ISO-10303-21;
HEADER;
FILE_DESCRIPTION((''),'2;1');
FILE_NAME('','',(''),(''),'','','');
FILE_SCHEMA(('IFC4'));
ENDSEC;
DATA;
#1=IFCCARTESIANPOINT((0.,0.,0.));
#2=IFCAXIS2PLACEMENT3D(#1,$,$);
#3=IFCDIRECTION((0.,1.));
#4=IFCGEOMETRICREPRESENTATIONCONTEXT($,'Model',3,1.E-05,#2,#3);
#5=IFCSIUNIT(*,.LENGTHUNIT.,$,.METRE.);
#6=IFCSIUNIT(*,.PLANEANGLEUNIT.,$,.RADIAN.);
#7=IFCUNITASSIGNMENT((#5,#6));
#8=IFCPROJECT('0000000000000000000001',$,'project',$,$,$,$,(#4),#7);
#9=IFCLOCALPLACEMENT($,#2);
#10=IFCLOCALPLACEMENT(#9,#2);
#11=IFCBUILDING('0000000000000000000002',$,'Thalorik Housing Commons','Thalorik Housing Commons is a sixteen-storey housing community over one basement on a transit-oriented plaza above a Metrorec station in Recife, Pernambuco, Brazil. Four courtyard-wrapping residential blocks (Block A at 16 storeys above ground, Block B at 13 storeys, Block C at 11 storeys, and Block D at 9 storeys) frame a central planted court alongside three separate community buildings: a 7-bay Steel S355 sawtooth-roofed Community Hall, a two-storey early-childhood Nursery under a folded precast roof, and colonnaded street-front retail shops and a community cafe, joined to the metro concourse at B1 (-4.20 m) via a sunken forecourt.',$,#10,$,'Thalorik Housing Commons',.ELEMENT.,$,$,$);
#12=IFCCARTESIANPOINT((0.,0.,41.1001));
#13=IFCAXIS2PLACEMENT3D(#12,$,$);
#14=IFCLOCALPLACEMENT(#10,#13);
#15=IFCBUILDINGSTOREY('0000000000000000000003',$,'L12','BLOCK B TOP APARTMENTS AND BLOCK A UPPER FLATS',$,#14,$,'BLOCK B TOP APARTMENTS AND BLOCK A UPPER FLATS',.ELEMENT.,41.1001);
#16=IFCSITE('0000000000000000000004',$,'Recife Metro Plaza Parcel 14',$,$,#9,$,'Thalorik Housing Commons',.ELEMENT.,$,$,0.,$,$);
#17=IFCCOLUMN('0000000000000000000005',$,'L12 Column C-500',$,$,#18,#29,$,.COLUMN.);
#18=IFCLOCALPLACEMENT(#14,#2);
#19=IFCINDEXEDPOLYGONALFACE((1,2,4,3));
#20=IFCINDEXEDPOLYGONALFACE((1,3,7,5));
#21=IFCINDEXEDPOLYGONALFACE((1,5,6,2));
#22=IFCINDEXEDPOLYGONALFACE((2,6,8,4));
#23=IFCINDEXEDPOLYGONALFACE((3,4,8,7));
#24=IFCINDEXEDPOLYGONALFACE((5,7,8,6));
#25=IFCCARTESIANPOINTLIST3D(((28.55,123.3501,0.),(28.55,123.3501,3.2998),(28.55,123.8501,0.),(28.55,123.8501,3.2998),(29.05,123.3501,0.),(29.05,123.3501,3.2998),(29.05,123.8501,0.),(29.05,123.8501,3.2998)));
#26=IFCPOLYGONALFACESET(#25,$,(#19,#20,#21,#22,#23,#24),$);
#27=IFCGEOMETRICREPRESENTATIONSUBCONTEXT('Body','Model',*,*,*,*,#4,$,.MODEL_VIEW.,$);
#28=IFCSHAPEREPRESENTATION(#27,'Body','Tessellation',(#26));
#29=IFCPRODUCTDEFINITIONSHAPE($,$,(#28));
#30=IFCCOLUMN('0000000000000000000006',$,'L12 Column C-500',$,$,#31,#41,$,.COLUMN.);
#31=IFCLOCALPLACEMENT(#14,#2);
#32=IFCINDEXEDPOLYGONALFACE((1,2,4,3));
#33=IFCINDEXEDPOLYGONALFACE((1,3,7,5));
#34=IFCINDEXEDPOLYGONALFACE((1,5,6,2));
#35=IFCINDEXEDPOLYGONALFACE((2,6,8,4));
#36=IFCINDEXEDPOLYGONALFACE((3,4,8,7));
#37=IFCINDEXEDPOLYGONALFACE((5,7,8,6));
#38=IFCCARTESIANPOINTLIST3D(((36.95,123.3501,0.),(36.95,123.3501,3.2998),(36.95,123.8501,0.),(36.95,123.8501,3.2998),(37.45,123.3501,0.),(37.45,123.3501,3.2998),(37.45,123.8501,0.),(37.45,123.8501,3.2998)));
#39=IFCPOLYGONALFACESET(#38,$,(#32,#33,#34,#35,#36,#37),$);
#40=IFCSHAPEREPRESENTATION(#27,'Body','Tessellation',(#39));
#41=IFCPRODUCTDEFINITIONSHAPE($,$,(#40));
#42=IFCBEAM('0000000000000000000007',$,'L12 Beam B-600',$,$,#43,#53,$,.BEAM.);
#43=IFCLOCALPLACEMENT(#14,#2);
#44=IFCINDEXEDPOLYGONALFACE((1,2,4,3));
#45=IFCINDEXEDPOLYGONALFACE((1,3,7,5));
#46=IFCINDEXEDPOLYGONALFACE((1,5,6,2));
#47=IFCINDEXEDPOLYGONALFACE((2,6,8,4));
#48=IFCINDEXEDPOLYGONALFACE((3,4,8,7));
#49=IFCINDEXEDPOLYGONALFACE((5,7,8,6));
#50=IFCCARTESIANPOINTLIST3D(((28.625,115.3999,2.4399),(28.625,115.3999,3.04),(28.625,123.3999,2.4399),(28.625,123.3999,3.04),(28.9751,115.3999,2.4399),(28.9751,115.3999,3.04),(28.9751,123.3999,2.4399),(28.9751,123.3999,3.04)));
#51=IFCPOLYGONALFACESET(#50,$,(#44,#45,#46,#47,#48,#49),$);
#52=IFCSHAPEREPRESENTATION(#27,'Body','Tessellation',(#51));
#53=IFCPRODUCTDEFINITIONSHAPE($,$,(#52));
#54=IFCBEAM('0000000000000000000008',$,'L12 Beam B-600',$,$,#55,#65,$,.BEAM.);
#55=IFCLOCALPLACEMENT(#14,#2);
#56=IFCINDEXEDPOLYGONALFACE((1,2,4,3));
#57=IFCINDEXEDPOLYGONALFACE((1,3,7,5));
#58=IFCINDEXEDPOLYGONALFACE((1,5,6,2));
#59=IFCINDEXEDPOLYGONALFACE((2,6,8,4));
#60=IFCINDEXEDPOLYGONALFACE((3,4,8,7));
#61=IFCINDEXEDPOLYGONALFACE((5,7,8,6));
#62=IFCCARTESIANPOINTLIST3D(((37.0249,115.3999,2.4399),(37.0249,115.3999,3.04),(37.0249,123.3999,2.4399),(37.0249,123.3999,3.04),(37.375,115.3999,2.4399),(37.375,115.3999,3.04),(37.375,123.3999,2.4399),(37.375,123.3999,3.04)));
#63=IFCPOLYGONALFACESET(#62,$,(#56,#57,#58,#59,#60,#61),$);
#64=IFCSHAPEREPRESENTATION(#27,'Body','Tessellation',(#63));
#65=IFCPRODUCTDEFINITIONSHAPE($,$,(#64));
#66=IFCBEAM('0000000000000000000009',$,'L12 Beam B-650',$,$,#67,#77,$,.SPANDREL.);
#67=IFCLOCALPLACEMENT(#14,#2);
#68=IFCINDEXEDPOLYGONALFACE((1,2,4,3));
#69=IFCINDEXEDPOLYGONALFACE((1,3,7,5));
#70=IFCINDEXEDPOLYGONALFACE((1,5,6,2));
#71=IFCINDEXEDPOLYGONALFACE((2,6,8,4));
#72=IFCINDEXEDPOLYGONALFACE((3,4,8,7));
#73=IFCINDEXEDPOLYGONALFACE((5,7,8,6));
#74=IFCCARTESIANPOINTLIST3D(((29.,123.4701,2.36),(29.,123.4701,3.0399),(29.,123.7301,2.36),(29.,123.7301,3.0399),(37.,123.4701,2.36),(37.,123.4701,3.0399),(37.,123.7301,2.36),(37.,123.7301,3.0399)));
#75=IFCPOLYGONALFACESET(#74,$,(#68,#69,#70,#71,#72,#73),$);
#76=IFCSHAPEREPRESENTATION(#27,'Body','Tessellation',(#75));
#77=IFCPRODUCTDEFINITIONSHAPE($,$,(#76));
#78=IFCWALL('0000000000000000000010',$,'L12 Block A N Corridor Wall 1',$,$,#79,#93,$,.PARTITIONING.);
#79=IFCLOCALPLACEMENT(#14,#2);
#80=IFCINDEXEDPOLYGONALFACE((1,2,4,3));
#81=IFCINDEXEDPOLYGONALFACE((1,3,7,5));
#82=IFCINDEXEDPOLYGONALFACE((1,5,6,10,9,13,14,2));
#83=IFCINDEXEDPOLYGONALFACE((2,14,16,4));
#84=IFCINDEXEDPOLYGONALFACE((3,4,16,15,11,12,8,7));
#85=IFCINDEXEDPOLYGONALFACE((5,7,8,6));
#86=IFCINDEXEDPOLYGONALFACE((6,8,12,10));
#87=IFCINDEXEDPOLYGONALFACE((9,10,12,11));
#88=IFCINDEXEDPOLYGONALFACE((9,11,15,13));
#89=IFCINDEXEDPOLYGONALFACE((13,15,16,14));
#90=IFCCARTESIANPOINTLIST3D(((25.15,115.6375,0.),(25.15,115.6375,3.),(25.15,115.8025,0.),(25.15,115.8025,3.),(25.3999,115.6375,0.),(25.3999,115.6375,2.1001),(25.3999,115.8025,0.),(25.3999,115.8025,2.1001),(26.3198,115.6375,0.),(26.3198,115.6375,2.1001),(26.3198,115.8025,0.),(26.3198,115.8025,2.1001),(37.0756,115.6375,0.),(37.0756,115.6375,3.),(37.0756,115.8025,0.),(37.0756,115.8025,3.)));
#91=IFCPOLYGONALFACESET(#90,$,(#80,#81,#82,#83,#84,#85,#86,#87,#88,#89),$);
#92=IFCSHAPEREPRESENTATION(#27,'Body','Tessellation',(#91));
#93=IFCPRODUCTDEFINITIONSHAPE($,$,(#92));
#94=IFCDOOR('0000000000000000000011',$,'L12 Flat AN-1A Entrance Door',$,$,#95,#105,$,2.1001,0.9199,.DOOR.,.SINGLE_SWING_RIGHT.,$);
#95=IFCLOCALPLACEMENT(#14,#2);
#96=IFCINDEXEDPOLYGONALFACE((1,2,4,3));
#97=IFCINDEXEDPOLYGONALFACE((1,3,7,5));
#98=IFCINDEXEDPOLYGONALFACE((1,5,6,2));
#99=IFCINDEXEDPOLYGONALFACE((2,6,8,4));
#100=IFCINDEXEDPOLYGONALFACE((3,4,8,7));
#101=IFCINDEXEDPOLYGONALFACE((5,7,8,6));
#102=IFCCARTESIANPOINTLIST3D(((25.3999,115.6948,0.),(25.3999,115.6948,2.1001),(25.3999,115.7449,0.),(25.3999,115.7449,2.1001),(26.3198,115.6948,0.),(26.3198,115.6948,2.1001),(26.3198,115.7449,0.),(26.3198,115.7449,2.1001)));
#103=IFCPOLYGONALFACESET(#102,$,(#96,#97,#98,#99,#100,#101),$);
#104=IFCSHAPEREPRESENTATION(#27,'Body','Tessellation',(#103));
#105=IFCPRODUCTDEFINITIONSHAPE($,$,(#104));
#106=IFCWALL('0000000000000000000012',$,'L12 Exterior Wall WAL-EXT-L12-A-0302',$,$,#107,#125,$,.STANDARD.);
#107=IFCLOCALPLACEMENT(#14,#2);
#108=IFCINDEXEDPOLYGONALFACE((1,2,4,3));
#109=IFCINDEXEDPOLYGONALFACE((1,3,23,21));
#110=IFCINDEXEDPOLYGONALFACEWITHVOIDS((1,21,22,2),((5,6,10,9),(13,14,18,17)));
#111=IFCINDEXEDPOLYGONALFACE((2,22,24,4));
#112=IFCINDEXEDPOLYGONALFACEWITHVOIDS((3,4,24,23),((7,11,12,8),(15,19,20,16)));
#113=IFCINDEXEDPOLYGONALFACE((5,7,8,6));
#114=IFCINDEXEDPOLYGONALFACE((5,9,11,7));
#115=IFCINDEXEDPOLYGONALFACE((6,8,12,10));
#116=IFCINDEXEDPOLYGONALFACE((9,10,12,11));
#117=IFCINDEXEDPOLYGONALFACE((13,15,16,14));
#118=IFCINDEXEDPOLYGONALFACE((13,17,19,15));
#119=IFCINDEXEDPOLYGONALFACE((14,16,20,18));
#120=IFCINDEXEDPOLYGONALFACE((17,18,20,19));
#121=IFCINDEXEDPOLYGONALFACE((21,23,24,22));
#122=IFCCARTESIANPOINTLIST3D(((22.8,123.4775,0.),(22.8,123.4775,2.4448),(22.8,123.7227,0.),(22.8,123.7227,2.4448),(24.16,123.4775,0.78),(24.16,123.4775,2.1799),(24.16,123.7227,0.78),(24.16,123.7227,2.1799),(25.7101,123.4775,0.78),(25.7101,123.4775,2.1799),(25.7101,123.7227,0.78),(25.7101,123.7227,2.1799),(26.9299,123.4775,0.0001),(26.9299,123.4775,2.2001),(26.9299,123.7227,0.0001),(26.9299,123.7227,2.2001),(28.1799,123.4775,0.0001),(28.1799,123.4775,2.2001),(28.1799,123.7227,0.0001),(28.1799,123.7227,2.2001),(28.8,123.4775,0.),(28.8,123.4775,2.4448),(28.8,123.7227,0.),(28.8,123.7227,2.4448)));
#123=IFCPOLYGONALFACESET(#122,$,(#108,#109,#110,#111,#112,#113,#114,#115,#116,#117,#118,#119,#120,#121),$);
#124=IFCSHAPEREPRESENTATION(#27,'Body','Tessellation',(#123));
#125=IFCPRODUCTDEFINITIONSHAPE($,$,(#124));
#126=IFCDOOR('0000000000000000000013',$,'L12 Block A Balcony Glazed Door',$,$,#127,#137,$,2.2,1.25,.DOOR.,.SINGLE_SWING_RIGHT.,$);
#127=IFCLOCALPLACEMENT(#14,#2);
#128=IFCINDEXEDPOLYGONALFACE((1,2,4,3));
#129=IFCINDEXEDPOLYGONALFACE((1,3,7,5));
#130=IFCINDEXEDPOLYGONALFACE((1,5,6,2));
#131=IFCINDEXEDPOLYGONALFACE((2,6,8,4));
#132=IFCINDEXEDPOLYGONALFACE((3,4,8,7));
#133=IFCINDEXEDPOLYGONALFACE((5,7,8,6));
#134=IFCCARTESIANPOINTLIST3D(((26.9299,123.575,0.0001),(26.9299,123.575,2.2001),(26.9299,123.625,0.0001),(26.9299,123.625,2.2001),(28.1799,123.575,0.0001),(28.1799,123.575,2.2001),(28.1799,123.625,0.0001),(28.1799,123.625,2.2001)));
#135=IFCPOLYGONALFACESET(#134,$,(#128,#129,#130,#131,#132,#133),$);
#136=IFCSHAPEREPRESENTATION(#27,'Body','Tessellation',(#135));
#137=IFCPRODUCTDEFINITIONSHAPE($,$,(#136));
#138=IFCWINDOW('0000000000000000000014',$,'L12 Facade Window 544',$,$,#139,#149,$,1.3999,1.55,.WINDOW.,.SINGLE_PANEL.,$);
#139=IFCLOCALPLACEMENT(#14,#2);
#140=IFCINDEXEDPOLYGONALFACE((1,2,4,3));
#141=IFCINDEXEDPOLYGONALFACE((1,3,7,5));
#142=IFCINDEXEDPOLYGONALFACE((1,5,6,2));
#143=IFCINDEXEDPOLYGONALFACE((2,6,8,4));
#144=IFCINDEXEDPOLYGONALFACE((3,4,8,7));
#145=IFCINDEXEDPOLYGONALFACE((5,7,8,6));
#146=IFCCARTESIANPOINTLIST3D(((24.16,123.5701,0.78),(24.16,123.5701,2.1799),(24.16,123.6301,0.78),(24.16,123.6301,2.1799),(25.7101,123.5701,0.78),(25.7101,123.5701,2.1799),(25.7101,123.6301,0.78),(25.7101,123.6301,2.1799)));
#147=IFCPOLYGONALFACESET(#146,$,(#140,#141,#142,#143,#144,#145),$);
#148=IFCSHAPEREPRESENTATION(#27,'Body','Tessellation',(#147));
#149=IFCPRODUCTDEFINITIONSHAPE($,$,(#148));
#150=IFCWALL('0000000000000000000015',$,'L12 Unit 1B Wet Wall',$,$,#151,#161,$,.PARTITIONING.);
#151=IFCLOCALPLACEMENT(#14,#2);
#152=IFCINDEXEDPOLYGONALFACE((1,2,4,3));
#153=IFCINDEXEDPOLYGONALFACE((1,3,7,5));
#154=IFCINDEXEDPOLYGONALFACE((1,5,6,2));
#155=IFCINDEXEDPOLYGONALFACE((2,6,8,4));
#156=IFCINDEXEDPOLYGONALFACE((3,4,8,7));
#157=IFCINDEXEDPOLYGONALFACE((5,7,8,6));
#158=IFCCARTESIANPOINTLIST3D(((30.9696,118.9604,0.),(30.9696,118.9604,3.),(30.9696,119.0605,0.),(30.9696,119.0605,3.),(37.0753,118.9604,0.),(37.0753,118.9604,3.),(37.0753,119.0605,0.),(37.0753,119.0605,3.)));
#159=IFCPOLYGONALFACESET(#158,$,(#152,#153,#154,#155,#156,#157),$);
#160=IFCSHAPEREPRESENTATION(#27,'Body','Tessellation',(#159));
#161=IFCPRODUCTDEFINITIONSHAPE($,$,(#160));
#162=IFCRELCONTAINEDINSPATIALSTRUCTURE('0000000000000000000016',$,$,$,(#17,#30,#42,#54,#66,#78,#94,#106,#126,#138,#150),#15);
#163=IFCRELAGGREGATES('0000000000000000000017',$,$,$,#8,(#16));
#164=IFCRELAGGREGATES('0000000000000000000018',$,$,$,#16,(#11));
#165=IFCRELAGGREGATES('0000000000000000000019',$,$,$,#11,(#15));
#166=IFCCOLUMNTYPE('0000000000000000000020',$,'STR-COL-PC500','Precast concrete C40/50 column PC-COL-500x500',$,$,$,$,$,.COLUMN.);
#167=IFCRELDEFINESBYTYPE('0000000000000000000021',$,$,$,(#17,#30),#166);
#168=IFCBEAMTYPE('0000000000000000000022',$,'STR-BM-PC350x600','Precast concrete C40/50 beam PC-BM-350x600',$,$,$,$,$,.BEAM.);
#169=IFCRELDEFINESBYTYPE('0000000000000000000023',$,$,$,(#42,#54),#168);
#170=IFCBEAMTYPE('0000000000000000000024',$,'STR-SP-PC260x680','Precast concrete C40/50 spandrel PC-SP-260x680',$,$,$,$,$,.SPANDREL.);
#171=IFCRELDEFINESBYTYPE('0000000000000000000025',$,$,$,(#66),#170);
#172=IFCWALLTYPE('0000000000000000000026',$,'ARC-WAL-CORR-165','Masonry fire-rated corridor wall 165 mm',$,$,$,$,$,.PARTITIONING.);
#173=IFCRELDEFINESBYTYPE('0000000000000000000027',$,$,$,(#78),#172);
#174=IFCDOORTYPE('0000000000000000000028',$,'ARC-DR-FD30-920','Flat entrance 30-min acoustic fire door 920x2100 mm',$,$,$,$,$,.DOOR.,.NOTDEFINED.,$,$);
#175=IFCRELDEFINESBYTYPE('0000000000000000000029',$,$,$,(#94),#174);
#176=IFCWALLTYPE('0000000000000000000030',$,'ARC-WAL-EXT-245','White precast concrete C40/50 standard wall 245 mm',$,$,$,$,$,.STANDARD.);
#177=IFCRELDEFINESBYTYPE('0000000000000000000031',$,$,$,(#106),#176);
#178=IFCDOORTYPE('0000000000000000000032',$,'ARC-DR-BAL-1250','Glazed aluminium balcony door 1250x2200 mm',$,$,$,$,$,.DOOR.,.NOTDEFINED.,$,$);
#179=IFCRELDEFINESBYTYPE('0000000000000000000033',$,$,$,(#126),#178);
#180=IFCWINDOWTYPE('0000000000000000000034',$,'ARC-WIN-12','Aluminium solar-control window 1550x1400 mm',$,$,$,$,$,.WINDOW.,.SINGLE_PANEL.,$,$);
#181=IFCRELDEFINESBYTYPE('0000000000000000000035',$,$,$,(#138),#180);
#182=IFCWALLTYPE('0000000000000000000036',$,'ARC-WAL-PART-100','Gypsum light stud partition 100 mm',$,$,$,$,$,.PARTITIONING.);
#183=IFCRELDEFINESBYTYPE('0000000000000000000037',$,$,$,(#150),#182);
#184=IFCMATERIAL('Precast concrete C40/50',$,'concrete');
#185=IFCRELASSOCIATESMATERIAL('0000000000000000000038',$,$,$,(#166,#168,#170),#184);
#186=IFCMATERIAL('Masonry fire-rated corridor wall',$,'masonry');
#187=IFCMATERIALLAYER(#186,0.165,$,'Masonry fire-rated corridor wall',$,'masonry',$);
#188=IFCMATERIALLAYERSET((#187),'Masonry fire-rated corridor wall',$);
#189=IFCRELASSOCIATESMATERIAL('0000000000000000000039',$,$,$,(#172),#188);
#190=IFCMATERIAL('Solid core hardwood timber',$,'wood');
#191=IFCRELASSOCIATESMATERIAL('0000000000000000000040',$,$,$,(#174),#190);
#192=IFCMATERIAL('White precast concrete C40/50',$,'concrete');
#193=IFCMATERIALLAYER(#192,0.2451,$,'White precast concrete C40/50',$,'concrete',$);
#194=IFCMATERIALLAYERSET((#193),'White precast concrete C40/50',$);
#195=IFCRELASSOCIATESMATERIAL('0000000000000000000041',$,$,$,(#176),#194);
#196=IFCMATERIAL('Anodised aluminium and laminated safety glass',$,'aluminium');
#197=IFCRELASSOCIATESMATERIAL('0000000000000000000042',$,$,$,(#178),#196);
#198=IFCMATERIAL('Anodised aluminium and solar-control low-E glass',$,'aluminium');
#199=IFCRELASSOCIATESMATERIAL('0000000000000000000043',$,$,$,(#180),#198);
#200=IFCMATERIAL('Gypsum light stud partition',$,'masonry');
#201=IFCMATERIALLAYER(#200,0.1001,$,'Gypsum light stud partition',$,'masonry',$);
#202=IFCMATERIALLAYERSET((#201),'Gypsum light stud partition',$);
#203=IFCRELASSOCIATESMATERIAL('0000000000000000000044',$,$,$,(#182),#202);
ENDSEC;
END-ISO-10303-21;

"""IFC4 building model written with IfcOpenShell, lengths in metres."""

from ifc_helpers import new_model, si_unit, direction, frame, frame_2d, origin, origin_2d, place, context, subcontext, project, spatial, rectangle, extrude, material, layer, layer_set, material_profile, profile_set, type_object, element, fill, save


model = new_model("IFC4")

# Units and contexts
model_context = context("Model", 3, precision=1e-05, world=origin(), true_north=direction((0.0, 1.0)))
body_context = subcontext(model_context, "Body", "Model", "MODEL_VIEW")
ifc_project = project(units=[si_unit("LENGTHUNIT", "METRE"), si_unit("PLANEANGLEUNIT", "RADIAN")], contexts=[model_context])

# Site, building, storey
site_placement = place(None, origin())
site = spatial("IfcSite", under=ifc_project, at=site_placement, Name="Recife Metro Plaza Parcel 14", LongName="Thalorik Housing Commons", CompositionType="ELEMENT", RefElevation=0.0)
building_placement = place(site_placement, origin())
building = spatial("IfcBuilding", under=site, at=building_placement, Name="Thalorik Housing Commons", Description="Thalorik Housing Commons is a sixteen-storey housing community over one basement on a transit-oriented plaza above a Metrorec station in Recife, Pernambuco, Brazil. Four courtyard-wrapping residential blocks (Block A at 16 storeys above ground, Block B at 13 storeys, Block C at 11 storeys, and Block D at 9 storeys) frame a central planted court alongside three separate community buildings: a 7-bay Steel S355 sawtooth-roofed Community Hall, a two-storey early-childhood Nursery under a folded precast roof, and colonnaded street-front retail shops and a community cafe, joined to the metro concourse at B1 (-4.20 m) via a sunken forecourt.", LongName="Thalorik Housing Commons", CompositionType="ELEMENT")
storey_placement = place(building_placement, frame((0.0, 0.0, 41.1001)))
storey = spatial("IfcBuildingStorey", under=building, at=storey_placement, Name="L12", Description="BLOCK B TOP APARTMENTS AND BLOCK A UPPER FLATS", LongName="BLOCK B TOP APARTMENTS AND BLOCK A UPPER FLATS", CompositionType="ELEMENT", Elevation=41.1001)

# Columns
ifc_material_1 = material(Name="Precast concrete C40/50", Category="concrete")
ifc_material_profile_1 = material_profile(ifc_material_1, rectangle(XDim=0.5, YDim=0.5, at=origin_2d()), Name="PC 500x500", Category="concrete")
ifc_profile_set_1 = profile_set([ifc_material_profile_1], Name="Precast concrete C40/50")
column_type = type_object("IfcColumnType", Name="STR-COL-PC500", Description="Precast concrete C40/50 column PC-COL-500x500", PredefinedType="COLUMN", material=ifc_profile_set_1)
for number, where, z_axis, x_axis, name in (
    (1, (28.8, 123.6001, 0.0), (0.0, 0.0, 1.0), (1.0, 0.0, 0.0), "L12 Column C-500"),
    (2, (37.2, 123.6001, 0.0), (0.0, 0.0, 1.0), (1.0, 0.0, 0.0), "L12 Column C-500"),
):
    element("IfcColumn", number, at=place(storey_placement, frame(where, z_axis=z_axis, x_axis=x_axis)), inside=storey, type_object=column_type, Name=name, PredefinedType="COLUMN", context=body_context, shape_type="SweptSolid", body=[
        extrude(rectangle(XDim=0.5, YDim=0.5, at=origin_2d()), origin(), (0.0, 0.0, 1.0), 3.2998),
    ])

# Beams
ifc_material_profile_2 = material_profile(ifc_material_1, rectangle(XDim=0.3501, YDim=0.6001, at=origin_2d()), Name="PC 350x600", Category="concrete")
ifc_profile_set_2 = profile_set([ifc_material_profile_2], Name="Precast concrete C40/50")
beam_type_1 = type_object("IfcBeamType", Name="STR-BM-PC350x600", Description="Precast concrete C40/50 beam PC-BM-350x600", PredefinedType="BEAM", material=ifc_profile_set_2)
for number, where, z_axis, x_axis, name in (
    (3, (28.8, 115.3999, 2.74), (0.0, 1.0, 0.0), (-1.0, 0.0, 0.0), "L12 Beam B-600"),
    (4, (37.2, 115.3999, 2.74), (0.0, 1.0, 0.0), (-1.0, 0.0, 0.0), "L12 Beam B-600"),
):
    element("IfcBeam", number, at=place(storey_placement, frame(where, z_axis=z_axis, x_axis=x_axis)), inside=storey, type_object=beam_type_1, Name=name, PredefinedType="BEAM", context=body_context, shape_type="SweptSolid", body=[
        extrude(rectangle(XDim=0.3501, YDim=0.6001, at=origin_2d()), origin(), (0.0, 0.0, 1.0), 8.0),
    ])
ifc_material_profile_3 = material_profile(ifc_material_1, rectangle(XDim=0.26, YDim=0.6799, at=origin_2d()), Name="PC SP 260x680", Category="concrete")
ifc_profile_set_3 = profile_set([ifc_material_profile_3], Name="Precast concrete C40/50")
beam_type_2 = type_object("IfcBeamType", Name="STR-SP-PC260x680", Description="Precast concrete C40/50 spandrel PC-SP-260x680", PredefinedType="SPANDREL", material=ifc_profile_set_3)
beam_placement = place(storey_placement, frame((29.0, 123.6001, 2.7), z_axis=(1.0, 0.0, 0.0), x_axis=(0.0, 1.0, 0.0)))
element("IfcBeam", 5, at=beam_placement, inside=storey, type_object=beam_type_2, Name="L12 Beam B-650", PredefinedType="SPANDREL", context=body_context, shape_type="SweptSolid", body=[
    extrude(rectangle(XDim=0.26, YDim=0.6799, at=origin_2d()), origin(), (0.0, 0.0, 1.0), 8.0),
])

# Wall, opening, door
ifc_material_2 = material(Name="Masonry fire-rated corridor wall", Category="masonry")
ifc_layer_1 = layer(ifc_material_2, 0.165, Name="Masonry fire-rated corridor wall", Category="masonry")
ifc_layer_set_1 = layer_set([ifc_layer_1], Name="Masonry fire-rated corridor wall")
wall_type_1 = type_object("IfcWallType", Name="ARC-WAL-CORR-165", Description="Masonry fire-rated corridor wall 165 mm", PredefinedType="PARTITIONING", material=ifc_layer_set_1)
wall_1_placement = place(storey_placement, frame((25.1499, 115.72, 0.0), z_axis=(0.0, 0.0, 1.0), x_axis=(1.0, 0.0, 0.0)))
wall_1 = element("IfcWall", 6, at=wall_1_placement, inside=storey, type_object=wall_type_1, Name="L12 Block A N Corridor Wall 1", PredefinedType="PARTITIONING", context=body_context, shape_type="SweptSolid", body=[
    extrude(rectangle(XDim=11.9255, YDim=0.165, at=frame_2d((5.9629, 0.0))), origin(), (0.0, 0.0, 1.0), 3.0),
])
opening_1_placement = place(wall_1_placement, frame((0.25, 0.0, 0.0)))
opening_1 = element("IfcOpeningElement", 7, at=opening_1_placement, cuts=wall_1, PredefinedType="OPENING", context=body_context, shape_type="SweptSolid", body=[
    extrude(rectangle(XDim=0.9199, YDim=2.1001, at=frame_2d((0.46, 1.05))), frame((0.0, 0.0925, 0.0), z_axis=(0.0, -1.0, 0.0), x_axis=(1.0, 0.0, 0.0)), (0.0, 0.0, 1.0), 0.1851),
])
ifc_material_3 = material(Name="Solid core hardwood timber", Category="wood")
door_type_1 = type_object("IfcDoorType", Name="ARC-DR-FD30-920", Description="Flat entrance 30-min acoustic fire door 920x2100 mm", OperationType="NOTDEFINED", PredefinedType="DOOR", material=ifc_material_3)
door_1_placement = place(opening_1_placement, origin())
door_1 = element("IfcDoor", 8, at=door_1_placement, inside=storey, type_object=door_type_1, Name="L12 Flat AN-1A Entrance Door", OperationType="SINGLE_SWING_RIGHT", OverallHeight=2.1001, OverallWidth=0.9199, PredefinedType="DOOR", context=body_context, shape_type="SweptSolid", body=[
    extrude(rectangle(XDim=0.9199, YDim=2.1001, at=frame_2d((0.46, 1.05))), frame((0.0, 0.0249, 0.0), z_axis=(0.0, -1.0, 0.0), x_axis=(1.0, 0.0, 0.0)), (0.0, 0.0, 1.0), 0.05),
])
fill(opening_1, door_1)

# Shared definitions
ifc_material_4 = material(Name="White precast concrete C40/50", Category="concrete")
ifc_layer_2 = layer(ifc_material_4, 0.2451, Name="White precast concrete C40/50", Category="concrete")
ifc_layer_set_2 = layer_set([ifc_layer_2], Name="White precast concrete C40/50")
wall_type_2 = type_object("IfcWallType", Name="ARC-WAL-EXT-245", Description="White precast concrete C40/50 standard wall 245 mm", PredefinedType="STANDARD", material=ifc_layer_set_2)
ifc_material_5 = material(Name="Anodised aluminium and laminated safety glass", Category="aluminium")
ifc_material_6 = material(Name="Anodised aluminium and solar-control low-E glass", Category="aluminium")

# Wall, openings, door, window
wall_2_placement = place(storey_placement, frame((28.8, 123.6001, 0.0), z_axis=(0.0, 0.0, 1.0), x_axis=(-1.0, 0.0, 0.0)))
wall_2 = element("IfcWall", 9, at=wall_2_placement, inside=storey, type_object=wall_type_2, Name="L12 Exterior Wall WAL-EXT-L12-A-0302", PredefinedType="STANDARD", context=body_context, shape_type="SweptSolid", body=[
    extrude(rectangle(XDim=6.0, YDim=0.2451, at=frame_2d((3.0, 0.0))), origin(), (0.0, 0.0, 1.0), 2.4448),
])
opening_2_placement = place(wall_2_placement, frame((0.6201, 0.0, 0.0)))
opening_2 = element("IfcOpeningElement", 10, at=opening_2_placement, cuts=wall_2, PredefinedType="OPENING", context=body_context, shape_type="SweptSolid", body=[
    extrude(rectangle(XDim=1.25, YDim=2.2, at=frame_2d((0.625, 1.1001))), frame((0.0, 0.1326, 0.0), z_axis=(0.0, -1.0, 0.0), x_axis=(1.0, 0.0, 0.0)), (0.0, 0.0, 1.0), 0.2651),
])
opening_3_placement = place(wall_2_placement, frame((3.0901, 0.0, 0.78)))
opening_3 = element("IfcOpeningElement", 11, at=opening_3_placement, cuts=wall_2, PredefinedType="OPENING", context=body_context, shape_type="SweptSolid", body=[
    extrude(rectangle(XDim=1.55, YDim=1.3999, at=frame_2d((0.7749, 0.7))), frame((0.0, 0.1326, 0.0), z_axis=(0.0, -1.0, 0.0), x_axis=(1.0, 0.0, 0.0)), (0.0, 0.0, 1.0), 0.2651),
])
door_type_2 = type_object("IfcDoorType", Name="ARC-DR-BAL-1250", Description="Glazed aluminium balcony door 1250x2200 mm", OperationType="NOTDEFINED", PredefinedType="DOOR", material=ifc_material_5)
door_2_placement = place(opening_2_placement, frame((1.25, 0.0, 0.0), z_axis=(0.0, 0.0, 1.0), x_axis=(-1.0, 0.0, 0.0)))
door_2 = element("IfcDoor", 12, at=door_2_placement, inside=storey, type_object=door_type_2, Name="L12 Block A Balcony Glazed Door", OperationType="SINGLE_SWING_RIGHT", OverallHeight=2.2, OverallWidth=1.25, PredefinedType="DOOR", context=body_context, shape_type="SweptSolid", body=[
    extrude(rectangle(XDim=1.25, YDim=2.2, at=frame_2d((0.625, 1.1001))), frame((0.0, 0.0249, 0.0), z_axis=(0.0, -1.0, 0.0), x_axis=(1.0, 0.0, 0.0)), (0.0, 0.0, 1.0), 0.05),
])
fill(opening_2, door_2)
window_type_1 = type_object("IfcWindowType", Name="ARC-WIN-12", Description="Aluminium solar-control window 1550x1400 mm", PartitioningType="SINGLE_PANEL", PredefinedType="WINDOW", material=ifc_material_6)
window_1_placement = place(opening_3_placement, origin())
window_1 = element("IfcWindow", 13, at=window_1_placement, inside=storey, type_object=window_type_1, Name="L12 Facade Window 544", OverallHeight=1.3999, OverallWidth=1.55, PartitioningType="SINGLE_PANEL", PredefinedType="WINDOW", context=body_context, shape_type="SweptSolid", body=[
    extrude(rectangle(XDim=1.55, YDim=1.3999, at=frame_2d((0.7749, 0.7))), frame((0.0, 0.03, 0.0), z_axis=(0.0, -1.0, 0.0), x_axis=(1.0, 0.0, 0.0)), (0.0, 0.0, 1.0), 0.0601),
])
fill(opening_3, window_1)

# Wall
ifc_material_7 = material(Name="Gypsum light stud partition", Category="masonry")
ifc_layer_3 = layer(ifc_material_7, 0.1001, Name="Gypsum light stud partition", Category="masonry")
ifc_layer_set_3 = layer_set([ifc_layer_3], Name="Gypsum light stud partition")
wall_type_3 = type_object("IfcWallType", Name="ARC-WAL-PART-100", Description="Gypsum light stud partition 100 mm", PredefinedType="PARTITIONING", material=ifc_layer_set_3)
wall_3_placement = place(storey_placement, frame((30.9697, 119.0105, 0.0), z_axis=(0.0, 0.0, 1.0), x_axis=(1.0, 0.0, 0.0)))
element("IfcWall", 14, at=wall_3_placement, inside=storey, type_object=wall_type_3, Name="L12 Unit 1B Wet Wall", PredefinedType="PARTITIONING", context=body_context, shape_type="SweptSolid", body=[
    extrude(rectangle(XDim=6.1057, YDim=0.1001, at=frame_2d((3.0527, 0.0))), origin(), (0.0, 0.0, 1.0), 3.0),
])

save(model, "model.ifc")
